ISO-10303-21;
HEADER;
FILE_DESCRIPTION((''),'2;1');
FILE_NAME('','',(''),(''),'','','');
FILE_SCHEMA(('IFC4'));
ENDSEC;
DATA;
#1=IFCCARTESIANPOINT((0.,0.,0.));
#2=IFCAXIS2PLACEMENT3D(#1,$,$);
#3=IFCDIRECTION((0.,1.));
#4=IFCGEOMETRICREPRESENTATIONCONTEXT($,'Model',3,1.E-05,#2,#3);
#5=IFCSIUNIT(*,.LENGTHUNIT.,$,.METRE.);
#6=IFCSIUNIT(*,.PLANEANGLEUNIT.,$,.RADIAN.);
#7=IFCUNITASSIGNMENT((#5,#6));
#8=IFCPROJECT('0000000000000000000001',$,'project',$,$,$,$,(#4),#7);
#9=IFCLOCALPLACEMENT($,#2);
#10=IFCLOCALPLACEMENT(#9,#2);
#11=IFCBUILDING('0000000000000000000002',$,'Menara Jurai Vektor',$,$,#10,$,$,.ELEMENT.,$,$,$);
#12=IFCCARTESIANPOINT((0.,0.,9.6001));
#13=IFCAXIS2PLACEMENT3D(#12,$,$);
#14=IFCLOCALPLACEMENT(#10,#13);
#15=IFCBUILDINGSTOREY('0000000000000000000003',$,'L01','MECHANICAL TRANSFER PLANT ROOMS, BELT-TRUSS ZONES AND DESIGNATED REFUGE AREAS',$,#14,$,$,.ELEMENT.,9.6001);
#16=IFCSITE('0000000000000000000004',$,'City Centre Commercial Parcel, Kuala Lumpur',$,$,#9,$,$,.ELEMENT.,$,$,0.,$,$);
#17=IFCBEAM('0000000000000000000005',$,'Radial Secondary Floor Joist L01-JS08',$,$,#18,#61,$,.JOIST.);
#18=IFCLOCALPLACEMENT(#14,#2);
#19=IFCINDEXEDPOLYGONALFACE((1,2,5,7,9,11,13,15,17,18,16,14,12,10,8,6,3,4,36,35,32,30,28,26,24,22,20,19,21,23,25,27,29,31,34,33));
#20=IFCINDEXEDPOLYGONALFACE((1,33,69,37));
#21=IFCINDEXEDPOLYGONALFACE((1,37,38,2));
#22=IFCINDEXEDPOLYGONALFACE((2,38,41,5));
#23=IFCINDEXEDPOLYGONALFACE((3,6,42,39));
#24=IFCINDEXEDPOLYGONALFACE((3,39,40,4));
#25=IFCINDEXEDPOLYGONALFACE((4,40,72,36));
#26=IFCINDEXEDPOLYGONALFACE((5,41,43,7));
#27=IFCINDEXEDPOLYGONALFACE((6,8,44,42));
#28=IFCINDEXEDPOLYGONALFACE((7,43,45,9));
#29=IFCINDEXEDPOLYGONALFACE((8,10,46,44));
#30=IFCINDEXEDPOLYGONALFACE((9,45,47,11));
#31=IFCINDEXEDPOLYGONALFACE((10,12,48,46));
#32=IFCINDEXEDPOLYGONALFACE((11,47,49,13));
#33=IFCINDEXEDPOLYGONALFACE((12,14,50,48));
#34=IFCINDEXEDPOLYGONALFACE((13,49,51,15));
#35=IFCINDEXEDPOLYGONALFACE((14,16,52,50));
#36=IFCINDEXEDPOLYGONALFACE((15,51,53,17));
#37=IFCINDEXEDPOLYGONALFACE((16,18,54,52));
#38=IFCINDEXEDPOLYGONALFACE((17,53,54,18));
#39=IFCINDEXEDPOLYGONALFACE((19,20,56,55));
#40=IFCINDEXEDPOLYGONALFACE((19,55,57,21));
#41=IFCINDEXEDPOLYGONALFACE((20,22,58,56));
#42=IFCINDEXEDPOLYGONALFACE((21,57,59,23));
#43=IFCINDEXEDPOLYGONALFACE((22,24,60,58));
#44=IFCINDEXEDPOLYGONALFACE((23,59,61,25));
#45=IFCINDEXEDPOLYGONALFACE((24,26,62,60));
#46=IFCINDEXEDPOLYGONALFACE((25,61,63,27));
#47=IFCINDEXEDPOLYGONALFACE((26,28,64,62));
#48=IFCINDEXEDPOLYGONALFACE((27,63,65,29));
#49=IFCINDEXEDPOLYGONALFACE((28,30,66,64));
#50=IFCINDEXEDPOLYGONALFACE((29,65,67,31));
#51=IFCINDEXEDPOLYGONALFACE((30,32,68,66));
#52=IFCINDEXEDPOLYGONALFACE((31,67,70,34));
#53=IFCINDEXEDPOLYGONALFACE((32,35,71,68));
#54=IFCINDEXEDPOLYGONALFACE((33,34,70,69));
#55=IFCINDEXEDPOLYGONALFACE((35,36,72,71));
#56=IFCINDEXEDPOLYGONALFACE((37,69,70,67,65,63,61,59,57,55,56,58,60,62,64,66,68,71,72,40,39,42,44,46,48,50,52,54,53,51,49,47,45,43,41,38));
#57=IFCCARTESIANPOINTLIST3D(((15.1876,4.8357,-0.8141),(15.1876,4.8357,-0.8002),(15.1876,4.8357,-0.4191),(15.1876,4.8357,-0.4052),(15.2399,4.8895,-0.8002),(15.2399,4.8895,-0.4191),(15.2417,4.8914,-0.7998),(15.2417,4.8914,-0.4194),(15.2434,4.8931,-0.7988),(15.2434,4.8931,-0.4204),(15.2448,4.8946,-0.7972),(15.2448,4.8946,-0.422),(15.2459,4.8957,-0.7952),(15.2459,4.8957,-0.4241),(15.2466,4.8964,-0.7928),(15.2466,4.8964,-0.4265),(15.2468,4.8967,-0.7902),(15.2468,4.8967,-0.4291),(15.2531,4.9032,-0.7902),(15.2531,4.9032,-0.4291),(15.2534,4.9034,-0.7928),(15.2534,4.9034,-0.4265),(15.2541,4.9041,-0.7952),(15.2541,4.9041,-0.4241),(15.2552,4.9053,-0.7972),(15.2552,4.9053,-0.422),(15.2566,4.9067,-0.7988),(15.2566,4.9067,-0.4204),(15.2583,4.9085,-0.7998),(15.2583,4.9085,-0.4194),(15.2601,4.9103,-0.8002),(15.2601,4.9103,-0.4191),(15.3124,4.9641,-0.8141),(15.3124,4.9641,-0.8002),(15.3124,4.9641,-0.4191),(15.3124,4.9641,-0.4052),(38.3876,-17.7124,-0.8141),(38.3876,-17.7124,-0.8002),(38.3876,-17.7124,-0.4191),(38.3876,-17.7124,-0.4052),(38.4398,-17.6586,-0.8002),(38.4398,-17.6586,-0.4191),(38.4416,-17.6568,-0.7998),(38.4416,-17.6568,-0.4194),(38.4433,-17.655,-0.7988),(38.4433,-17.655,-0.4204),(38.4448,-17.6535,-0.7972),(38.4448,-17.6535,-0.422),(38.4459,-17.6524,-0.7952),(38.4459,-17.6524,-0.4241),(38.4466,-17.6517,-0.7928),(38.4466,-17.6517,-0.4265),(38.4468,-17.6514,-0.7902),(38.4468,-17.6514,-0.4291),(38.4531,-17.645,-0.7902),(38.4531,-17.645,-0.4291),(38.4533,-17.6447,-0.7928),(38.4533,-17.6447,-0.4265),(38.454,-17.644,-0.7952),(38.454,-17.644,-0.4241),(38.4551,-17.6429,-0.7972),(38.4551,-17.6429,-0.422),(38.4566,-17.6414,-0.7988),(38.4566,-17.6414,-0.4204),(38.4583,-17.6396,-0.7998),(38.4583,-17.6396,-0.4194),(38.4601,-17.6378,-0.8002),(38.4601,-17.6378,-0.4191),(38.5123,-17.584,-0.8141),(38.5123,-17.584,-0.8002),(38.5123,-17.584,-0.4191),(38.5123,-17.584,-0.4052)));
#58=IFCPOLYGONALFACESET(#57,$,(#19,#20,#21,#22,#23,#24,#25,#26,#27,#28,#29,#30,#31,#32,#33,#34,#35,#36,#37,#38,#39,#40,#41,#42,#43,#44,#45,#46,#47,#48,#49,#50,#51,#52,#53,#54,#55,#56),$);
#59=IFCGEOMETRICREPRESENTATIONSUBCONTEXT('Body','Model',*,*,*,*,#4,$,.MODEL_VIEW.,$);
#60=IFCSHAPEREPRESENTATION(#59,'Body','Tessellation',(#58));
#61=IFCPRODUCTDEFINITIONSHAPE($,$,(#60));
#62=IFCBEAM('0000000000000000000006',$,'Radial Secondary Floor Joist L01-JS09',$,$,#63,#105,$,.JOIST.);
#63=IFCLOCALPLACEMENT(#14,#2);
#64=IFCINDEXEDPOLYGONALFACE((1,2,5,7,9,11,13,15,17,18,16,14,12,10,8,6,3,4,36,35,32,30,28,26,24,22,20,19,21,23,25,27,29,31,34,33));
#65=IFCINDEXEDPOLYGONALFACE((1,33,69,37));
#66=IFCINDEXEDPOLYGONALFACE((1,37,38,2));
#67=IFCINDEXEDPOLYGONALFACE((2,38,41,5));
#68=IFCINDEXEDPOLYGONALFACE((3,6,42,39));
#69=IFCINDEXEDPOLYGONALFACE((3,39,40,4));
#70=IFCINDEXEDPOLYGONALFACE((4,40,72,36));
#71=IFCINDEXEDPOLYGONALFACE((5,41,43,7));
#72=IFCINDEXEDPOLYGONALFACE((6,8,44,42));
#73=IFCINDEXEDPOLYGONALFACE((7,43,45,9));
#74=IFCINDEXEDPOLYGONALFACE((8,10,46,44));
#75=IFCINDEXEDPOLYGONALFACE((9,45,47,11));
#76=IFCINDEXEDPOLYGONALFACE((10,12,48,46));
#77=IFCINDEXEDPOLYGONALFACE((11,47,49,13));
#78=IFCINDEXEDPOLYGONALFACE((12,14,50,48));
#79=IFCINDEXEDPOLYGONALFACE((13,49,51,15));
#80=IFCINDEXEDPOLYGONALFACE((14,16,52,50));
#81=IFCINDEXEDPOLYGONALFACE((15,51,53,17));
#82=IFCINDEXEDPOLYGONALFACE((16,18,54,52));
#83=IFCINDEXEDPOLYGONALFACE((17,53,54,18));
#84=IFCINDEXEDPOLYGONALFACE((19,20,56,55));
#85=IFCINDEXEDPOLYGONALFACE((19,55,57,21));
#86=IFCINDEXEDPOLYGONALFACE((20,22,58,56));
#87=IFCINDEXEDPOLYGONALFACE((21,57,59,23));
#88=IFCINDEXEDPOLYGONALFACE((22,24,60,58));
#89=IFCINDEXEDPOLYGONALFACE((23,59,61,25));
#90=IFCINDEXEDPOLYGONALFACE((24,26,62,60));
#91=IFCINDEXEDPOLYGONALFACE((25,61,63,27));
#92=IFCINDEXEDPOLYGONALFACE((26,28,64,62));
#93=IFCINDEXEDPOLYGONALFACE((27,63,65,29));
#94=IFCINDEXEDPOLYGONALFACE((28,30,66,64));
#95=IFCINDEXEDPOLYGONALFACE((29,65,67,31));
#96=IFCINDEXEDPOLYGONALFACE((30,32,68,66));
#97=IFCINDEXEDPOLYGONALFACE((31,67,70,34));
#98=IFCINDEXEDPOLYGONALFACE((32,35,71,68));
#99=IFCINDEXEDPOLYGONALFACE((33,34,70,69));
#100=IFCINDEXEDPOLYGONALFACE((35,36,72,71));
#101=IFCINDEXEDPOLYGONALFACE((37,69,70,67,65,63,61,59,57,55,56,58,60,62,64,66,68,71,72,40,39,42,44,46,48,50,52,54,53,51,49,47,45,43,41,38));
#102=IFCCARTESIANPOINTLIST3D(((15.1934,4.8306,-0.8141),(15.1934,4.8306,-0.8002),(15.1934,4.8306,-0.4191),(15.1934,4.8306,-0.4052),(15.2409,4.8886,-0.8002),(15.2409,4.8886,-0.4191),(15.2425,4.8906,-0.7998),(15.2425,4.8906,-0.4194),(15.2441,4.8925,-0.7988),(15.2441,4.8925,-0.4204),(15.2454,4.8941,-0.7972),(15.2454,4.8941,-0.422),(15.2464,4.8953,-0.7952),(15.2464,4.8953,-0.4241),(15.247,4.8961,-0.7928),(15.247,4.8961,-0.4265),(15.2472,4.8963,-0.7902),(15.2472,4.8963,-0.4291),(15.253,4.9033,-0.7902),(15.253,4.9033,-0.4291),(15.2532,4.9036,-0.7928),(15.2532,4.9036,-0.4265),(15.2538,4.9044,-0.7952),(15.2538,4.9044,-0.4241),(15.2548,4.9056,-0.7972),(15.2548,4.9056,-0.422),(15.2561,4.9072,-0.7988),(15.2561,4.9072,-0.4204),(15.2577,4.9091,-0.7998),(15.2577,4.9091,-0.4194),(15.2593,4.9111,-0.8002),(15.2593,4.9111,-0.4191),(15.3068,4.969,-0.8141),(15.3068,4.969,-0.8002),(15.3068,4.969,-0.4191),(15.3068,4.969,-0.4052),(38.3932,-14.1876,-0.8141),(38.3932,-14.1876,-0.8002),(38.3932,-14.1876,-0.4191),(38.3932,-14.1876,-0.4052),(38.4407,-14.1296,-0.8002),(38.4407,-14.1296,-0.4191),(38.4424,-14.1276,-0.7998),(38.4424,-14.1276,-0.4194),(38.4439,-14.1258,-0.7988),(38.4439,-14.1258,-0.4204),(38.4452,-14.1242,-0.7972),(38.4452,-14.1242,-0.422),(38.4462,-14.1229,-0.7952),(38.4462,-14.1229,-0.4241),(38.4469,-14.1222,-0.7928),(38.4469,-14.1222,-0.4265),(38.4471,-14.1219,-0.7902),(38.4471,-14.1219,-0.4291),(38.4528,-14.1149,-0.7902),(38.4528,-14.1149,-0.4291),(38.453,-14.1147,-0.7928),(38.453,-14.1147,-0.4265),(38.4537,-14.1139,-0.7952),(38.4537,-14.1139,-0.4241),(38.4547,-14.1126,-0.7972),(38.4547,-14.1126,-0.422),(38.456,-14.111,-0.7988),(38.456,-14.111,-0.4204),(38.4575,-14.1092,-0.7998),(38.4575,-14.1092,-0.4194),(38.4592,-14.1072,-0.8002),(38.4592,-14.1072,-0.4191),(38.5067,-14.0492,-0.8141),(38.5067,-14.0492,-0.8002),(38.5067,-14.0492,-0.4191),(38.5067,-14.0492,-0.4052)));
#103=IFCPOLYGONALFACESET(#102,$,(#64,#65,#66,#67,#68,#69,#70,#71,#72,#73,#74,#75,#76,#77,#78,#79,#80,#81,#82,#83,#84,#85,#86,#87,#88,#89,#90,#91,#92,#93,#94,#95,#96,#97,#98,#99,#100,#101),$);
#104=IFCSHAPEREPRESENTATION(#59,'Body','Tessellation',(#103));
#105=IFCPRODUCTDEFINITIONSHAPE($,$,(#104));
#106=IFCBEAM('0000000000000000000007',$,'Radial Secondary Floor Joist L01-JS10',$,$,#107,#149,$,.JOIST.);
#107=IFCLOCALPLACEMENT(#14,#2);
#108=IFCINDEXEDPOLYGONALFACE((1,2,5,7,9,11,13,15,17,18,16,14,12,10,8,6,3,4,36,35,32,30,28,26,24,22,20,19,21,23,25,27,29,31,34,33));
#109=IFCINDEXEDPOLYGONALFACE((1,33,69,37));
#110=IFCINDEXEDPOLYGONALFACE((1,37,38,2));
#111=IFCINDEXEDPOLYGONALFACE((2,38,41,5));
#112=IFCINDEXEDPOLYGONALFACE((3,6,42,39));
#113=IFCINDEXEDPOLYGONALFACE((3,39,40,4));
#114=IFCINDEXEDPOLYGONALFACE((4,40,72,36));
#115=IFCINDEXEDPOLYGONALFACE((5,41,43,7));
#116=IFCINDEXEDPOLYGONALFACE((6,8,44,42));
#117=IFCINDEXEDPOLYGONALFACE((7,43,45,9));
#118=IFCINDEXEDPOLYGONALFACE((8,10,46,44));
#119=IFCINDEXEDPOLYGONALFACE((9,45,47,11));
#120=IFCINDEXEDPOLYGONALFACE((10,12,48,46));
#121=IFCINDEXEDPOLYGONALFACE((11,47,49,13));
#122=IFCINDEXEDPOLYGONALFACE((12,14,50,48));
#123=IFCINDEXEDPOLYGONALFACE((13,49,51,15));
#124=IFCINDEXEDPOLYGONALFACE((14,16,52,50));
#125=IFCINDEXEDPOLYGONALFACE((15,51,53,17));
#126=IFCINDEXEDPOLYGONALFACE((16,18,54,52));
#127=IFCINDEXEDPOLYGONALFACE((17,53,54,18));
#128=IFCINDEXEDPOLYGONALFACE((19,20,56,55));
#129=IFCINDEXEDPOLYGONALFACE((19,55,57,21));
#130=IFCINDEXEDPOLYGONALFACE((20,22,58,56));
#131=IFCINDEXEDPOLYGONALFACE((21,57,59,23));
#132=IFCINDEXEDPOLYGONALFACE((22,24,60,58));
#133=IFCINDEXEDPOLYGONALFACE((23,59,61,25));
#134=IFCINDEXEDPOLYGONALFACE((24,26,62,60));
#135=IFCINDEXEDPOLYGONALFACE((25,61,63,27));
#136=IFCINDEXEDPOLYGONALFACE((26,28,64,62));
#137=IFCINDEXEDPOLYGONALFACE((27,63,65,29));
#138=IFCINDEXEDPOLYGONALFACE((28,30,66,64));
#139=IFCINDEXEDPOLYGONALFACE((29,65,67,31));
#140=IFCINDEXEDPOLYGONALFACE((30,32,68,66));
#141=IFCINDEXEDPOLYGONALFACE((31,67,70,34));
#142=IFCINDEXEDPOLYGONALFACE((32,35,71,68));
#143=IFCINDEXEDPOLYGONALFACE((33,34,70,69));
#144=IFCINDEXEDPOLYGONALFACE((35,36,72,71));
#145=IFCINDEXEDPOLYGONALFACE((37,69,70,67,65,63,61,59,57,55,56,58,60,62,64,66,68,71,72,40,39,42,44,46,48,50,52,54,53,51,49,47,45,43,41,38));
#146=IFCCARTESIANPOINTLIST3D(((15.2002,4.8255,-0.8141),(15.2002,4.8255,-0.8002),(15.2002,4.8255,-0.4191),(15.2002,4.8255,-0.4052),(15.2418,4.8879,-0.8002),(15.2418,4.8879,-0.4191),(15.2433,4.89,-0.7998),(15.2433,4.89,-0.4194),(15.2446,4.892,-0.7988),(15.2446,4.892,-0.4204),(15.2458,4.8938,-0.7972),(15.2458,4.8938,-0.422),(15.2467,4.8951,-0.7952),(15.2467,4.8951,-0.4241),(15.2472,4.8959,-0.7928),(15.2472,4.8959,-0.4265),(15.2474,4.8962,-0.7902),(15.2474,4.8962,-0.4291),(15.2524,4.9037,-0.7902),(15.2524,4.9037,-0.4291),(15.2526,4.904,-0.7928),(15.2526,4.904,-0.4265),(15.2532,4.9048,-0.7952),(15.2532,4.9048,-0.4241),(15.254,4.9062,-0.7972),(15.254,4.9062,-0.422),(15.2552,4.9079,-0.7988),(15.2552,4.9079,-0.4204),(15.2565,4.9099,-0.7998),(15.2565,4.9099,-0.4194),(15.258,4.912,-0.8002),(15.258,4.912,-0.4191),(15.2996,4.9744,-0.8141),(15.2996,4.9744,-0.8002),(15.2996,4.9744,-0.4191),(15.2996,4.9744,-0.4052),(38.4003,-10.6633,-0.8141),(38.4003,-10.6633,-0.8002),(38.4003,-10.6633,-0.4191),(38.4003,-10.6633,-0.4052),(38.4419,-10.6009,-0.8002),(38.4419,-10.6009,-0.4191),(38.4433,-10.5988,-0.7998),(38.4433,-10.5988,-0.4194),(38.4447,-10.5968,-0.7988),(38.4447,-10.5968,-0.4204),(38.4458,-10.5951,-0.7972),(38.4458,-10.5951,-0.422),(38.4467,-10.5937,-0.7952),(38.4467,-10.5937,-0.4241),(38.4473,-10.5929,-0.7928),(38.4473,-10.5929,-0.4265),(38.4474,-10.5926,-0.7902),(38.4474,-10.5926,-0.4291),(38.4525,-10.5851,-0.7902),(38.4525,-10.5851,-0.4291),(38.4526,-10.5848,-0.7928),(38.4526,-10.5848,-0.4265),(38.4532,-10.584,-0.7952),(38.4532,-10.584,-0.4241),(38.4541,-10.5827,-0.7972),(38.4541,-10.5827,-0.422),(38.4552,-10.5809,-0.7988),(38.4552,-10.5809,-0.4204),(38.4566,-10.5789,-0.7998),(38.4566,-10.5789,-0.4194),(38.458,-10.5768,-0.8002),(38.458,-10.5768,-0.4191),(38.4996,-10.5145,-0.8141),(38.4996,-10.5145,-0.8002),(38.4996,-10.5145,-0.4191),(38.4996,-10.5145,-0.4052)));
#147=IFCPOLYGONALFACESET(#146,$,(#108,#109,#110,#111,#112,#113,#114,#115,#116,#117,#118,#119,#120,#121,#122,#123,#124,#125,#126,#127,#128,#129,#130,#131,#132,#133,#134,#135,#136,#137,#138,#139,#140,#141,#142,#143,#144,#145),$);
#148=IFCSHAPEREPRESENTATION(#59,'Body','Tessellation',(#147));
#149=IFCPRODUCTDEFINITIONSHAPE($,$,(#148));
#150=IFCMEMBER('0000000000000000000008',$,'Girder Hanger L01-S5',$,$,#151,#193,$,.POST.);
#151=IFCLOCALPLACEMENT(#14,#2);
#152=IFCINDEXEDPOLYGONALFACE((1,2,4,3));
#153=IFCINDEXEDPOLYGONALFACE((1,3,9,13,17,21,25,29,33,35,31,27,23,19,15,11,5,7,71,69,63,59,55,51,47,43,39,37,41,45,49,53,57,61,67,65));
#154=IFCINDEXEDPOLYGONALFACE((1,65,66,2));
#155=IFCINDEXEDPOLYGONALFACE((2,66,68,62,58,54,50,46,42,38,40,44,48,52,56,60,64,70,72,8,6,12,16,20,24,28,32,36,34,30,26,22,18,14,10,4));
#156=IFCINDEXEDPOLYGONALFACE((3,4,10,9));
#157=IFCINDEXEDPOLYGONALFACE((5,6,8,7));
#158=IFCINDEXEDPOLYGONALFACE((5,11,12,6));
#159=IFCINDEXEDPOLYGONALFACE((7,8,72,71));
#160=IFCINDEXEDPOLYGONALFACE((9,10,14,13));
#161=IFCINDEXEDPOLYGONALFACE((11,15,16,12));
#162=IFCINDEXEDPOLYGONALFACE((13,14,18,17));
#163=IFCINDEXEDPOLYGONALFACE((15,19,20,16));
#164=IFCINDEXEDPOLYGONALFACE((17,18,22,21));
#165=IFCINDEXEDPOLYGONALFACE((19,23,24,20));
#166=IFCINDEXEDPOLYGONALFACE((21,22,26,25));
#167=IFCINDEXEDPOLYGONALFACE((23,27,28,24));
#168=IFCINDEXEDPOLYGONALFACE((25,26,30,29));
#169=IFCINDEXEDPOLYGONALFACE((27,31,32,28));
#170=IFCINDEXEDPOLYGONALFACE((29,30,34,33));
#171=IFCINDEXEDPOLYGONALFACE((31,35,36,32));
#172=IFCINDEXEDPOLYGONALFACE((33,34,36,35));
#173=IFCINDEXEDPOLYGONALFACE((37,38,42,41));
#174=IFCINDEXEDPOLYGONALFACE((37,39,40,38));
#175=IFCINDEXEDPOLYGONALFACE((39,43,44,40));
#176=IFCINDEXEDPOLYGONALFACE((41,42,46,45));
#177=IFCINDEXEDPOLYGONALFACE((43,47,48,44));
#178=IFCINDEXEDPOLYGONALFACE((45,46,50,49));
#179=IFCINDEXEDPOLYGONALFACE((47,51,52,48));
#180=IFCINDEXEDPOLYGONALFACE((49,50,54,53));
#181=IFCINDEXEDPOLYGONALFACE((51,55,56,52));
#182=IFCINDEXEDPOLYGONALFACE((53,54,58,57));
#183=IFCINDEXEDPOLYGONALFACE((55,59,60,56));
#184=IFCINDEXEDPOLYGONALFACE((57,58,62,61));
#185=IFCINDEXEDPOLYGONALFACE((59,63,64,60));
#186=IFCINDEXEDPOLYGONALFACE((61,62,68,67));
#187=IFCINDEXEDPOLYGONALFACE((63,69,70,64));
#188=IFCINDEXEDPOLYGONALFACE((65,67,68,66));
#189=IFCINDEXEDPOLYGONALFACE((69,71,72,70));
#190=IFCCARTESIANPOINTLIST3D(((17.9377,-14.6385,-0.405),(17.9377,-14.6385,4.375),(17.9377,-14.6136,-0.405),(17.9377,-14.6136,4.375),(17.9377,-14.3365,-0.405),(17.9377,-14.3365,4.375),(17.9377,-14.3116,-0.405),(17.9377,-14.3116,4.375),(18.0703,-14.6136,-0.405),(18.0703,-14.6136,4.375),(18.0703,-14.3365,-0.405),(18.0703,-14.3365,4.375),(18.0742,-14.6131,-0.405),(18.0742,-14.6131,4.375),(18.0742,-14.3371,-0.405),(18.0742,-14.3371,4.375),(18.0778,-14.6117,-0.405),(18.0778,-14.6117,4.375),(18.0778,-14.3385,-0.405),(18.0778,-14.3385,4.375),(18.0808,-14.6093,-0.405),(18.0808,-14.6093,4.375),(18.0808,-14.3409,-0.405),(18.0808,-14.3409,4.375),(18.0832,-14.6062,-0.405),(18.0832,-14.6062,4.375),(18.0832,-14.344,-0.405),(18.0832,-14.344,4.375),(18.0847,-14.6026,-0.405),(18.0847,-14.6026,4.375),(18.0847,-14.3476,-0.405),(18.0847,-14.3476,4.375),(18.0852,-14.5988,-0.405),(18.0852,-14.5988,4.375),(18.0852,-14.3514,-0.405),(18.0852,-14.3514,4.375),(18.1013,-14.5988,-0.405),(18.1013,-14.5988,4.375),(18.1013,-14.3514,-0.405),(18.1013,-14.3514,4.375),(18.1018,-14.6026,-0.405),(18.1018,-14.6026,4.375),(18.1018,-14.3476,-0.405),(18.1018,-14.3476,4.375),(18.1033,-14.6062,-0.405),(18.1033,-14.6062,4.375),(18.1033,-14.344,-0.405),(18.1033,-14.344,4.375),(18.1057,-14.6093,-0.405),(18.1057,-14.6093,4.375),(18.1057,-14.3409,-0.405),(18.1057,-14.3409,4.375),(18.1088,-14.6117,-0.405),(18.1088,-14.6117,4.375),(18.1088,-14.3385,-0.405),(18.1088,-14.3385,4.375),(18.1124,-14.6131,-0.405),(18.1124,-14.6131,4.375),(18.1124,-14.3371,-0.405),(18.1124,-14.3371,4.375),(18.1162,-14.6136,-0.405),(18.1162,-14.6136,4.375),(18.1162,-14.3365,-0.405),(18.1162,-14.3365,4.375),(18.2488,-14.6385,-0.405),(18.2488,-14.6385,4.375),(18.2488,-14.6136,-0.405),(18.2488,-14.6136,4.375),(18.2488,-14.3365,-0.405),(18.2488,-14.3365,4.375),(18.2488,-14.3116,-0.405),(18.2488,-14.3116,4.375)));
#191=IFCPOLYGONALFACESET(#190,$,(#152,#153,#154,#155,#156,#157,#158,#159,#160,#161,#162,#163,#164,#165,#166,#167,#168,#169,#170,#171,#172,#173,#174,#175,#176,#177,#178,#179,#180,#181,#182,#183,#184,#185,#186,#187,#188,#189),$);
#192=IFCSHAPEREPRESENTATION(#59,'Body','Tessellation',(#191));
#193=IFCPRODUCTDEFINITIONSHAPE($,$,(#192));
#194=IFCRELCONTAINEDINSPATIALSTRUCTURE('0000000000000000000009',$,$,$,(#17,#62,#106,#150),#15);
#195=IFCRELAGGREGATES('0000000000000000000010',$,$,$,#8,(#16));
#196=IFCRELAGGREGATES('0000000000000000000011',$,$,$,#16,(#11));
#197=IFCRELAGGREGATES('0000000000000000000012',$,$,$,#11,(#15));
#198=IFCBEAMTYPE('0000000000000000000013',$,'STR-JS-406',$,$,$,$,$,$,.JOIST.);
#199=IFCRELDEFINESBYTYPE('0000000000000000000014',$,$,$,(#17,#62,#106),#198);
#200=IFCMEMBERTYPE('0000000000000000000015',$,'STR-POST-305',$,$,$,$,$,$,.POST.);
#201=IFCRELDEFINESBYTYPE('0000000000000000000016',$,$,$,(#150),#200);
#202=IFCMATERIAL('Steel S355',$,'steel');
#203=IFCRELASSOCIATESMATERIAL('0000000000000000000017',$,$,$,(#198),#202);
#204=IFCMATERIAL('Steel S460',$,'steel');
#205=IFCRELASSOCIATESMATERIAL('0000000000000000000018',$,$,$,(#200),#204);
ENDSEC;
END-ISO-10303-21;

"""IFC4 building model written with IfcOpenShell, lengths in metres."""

from ifc_helpers import new_model, si_unit, direction, frame, origin, origin_2d, place, context, subcontext, project, spatial, i_section, extrude, material, material_profile, profile_set, type_object, element, save


model = new_model("IFC4")

# Units and contexts
model_context = context("Model", 3, precision=1e-05, world=origin(), true_north=direction((0.0, 1.0)))
body_context = subcontext(model_context, "Body", "Model", "MODEL_VIEW")
ifc_project = project(units=[si_unit("LENGTHUNIT", "METRE"), si_unit("PLANEANGLEUNIT", "RADIAN")], contexts=[model_context])

# Site, building, storey
site_placement = place(None, origin())
site = spatial("IfcSite", under=ifc_project, at=site_placement, Name="City Centre Commercial Parcel, Kuala Lumpur", CompositionType="ELEMENT", RefElevation=0.0)
building_placement = place(site_placement, origin())
building = spatial("IfcBuilding", under=site, at=building_placement, Name="Menara Jurai Vektor", CompositionType="ELEMENT")
storey_placement = place(building_placement, frame((0.0, 0.0, 9.6001)))
storey = spatial("IfcBuildingStorey", under=building, at=storey_placement, Name="L01", Description="MECHANICAL TRANSFER PLANT ROOMS, BELT-TRUSS ZONES AND DESIGNATED REFUGE AREAS", CompositionType="ELEMENT", Elevation=9.6001)

# Shared definitions
ifc_material_1 = material(Name="Steel S460", Category="steel")

# Beams
ifc_material_2 = material(Name="Steel S355", Category="steel")
ifc_material_profile_1 = material_profile(ifc_material_2, i_section(OverallWidth=0.179, OverallDepth=0.4089, WebThickness=0.009, FlangeThickness=0.0139, FilletRadius=0.01, at=origin_2d()), Name="UKB 406x178x67")
ifc_profile_set_1 = profile_set([ifc_material_profile_1], Name="Steel S355")
beam_type_1 = type_object("IfcBeamType", Name="STR-JS-406", PredefinedType="JOIST", material=ifc_profile_set_1)
beam_1_placement = place(storey_placement, frame((38.45, -17.6482, -0.6096), z_axis=(-0.717109, 0.696961, 0.0), x_axis=(-0.696961, -0.717109, 0.0)))
element("IfcBeam", 1, at=beam_1_placement, inside=storey, type_object=beam_type_1, Name="Radial Secondary Floor Joist L01-JS08", PredefinedType="JOIST", context=body_context, shape_type="SweptSolid", body=[
    extrude(i_section(OverallWidth=0.179, OverallDepth=0.4089, WebThickness=0.009, FlangeThickness=0.0139, FilletRadius=0.01, at=origin_2d()), origin(), (0.0, 0.0, 1.0), 32.3521),
])
beam_2_placement = place(storey_placement, frame((38.45, -14.1184, -0.6096), z_axis=(-0.77336, 0.633967, 0.0), x_axis=(-0.633967, -0.77336, 0.0)))
element("IfcBeam", 2, at=beam_2_placement, inside=storey, type_object=beam_type_1, Name="Radial Secondary Floor Joist L01-JS09", PredefinedType="JOIST", context=body_context, shape_type="SweptSolid", body=[
    extrude(i_section(OverallWidth=0.179, OverallDepth=0.4089, WebThickness=0.009, FlangeThickness=0.0139, FilletRadius=0.01, at=origin_2d()), origin(), (0.0, 0.0, 1.0), 29.9988),
])
beam_3_placement = place(storey_placement, frame((38.45, -10.5889, -0.6096), z_axis=(-0.831684, 0.555249, 0.0), x_axis=(-0.555249, -0.831684, 0.0)))
element("IfcBeam", 3, at=beam_3_placement, inside=storey, type_object=beam_type_1, Name="Radial Secondary Floor Joist L01-JS10", PredefinedType="JOIST", context=body_context, shape_type="SweptSolid", body=[
    extrude(i_section(OverallWidth=0.179, OverallDepth=0.4089, WebThickness=0.009, FlangeThickness=0.0139, FilletRadius=0.01, at=origin_2d()), origin(), (0.0, 0.0, 1.0), 27.8953),
])

# Member
ifc_material_profile_2 = material_profile(ifc_material_1, i_section(OverallWidth=0.311, OverallDepth=0.3269, WebThickness=0.0161, FlangeThickness=0.0249, FilletRadius=0.0149, at=origin_2d()), Name="UKC 305x305x158")
ifc_profile_set_2 = profile_set([ifc_material_profile_2], Name="Steel S460")
member_type_1 = type_object("IfcMemberType", Name="STR-POST-305", PredefinedType="POST", material=ifc_profile_set_2)
for number, where, z_axis, x_axis, name in (
    (4, (18.0933, -14.4751, -0.405), (0.0, 0.0, 1.0), (1.0, 0.0, 0.0), "Girder Hanger L01-S5"),
):
    element("IfcMember", number, at=place(storey_placement, frame(where, z_axis=z_axis, x_axis=x_axis)), inside=storey, type_object=member_type_1, Name=name, PredefinedType="POST", context=body_context, shape_type="SweptSolid", body=[
        extrude(i_section(OverallWidth=0.311, OverallDepth=0.3269, WebThickness=0.0161, FlangeThickness=0.0249, FilletRadius=0.0149, at=origin_2d()), origin(), (0.0, 0.0, 1.0), 4.78),
    ])

save(model, "model.ifc")
